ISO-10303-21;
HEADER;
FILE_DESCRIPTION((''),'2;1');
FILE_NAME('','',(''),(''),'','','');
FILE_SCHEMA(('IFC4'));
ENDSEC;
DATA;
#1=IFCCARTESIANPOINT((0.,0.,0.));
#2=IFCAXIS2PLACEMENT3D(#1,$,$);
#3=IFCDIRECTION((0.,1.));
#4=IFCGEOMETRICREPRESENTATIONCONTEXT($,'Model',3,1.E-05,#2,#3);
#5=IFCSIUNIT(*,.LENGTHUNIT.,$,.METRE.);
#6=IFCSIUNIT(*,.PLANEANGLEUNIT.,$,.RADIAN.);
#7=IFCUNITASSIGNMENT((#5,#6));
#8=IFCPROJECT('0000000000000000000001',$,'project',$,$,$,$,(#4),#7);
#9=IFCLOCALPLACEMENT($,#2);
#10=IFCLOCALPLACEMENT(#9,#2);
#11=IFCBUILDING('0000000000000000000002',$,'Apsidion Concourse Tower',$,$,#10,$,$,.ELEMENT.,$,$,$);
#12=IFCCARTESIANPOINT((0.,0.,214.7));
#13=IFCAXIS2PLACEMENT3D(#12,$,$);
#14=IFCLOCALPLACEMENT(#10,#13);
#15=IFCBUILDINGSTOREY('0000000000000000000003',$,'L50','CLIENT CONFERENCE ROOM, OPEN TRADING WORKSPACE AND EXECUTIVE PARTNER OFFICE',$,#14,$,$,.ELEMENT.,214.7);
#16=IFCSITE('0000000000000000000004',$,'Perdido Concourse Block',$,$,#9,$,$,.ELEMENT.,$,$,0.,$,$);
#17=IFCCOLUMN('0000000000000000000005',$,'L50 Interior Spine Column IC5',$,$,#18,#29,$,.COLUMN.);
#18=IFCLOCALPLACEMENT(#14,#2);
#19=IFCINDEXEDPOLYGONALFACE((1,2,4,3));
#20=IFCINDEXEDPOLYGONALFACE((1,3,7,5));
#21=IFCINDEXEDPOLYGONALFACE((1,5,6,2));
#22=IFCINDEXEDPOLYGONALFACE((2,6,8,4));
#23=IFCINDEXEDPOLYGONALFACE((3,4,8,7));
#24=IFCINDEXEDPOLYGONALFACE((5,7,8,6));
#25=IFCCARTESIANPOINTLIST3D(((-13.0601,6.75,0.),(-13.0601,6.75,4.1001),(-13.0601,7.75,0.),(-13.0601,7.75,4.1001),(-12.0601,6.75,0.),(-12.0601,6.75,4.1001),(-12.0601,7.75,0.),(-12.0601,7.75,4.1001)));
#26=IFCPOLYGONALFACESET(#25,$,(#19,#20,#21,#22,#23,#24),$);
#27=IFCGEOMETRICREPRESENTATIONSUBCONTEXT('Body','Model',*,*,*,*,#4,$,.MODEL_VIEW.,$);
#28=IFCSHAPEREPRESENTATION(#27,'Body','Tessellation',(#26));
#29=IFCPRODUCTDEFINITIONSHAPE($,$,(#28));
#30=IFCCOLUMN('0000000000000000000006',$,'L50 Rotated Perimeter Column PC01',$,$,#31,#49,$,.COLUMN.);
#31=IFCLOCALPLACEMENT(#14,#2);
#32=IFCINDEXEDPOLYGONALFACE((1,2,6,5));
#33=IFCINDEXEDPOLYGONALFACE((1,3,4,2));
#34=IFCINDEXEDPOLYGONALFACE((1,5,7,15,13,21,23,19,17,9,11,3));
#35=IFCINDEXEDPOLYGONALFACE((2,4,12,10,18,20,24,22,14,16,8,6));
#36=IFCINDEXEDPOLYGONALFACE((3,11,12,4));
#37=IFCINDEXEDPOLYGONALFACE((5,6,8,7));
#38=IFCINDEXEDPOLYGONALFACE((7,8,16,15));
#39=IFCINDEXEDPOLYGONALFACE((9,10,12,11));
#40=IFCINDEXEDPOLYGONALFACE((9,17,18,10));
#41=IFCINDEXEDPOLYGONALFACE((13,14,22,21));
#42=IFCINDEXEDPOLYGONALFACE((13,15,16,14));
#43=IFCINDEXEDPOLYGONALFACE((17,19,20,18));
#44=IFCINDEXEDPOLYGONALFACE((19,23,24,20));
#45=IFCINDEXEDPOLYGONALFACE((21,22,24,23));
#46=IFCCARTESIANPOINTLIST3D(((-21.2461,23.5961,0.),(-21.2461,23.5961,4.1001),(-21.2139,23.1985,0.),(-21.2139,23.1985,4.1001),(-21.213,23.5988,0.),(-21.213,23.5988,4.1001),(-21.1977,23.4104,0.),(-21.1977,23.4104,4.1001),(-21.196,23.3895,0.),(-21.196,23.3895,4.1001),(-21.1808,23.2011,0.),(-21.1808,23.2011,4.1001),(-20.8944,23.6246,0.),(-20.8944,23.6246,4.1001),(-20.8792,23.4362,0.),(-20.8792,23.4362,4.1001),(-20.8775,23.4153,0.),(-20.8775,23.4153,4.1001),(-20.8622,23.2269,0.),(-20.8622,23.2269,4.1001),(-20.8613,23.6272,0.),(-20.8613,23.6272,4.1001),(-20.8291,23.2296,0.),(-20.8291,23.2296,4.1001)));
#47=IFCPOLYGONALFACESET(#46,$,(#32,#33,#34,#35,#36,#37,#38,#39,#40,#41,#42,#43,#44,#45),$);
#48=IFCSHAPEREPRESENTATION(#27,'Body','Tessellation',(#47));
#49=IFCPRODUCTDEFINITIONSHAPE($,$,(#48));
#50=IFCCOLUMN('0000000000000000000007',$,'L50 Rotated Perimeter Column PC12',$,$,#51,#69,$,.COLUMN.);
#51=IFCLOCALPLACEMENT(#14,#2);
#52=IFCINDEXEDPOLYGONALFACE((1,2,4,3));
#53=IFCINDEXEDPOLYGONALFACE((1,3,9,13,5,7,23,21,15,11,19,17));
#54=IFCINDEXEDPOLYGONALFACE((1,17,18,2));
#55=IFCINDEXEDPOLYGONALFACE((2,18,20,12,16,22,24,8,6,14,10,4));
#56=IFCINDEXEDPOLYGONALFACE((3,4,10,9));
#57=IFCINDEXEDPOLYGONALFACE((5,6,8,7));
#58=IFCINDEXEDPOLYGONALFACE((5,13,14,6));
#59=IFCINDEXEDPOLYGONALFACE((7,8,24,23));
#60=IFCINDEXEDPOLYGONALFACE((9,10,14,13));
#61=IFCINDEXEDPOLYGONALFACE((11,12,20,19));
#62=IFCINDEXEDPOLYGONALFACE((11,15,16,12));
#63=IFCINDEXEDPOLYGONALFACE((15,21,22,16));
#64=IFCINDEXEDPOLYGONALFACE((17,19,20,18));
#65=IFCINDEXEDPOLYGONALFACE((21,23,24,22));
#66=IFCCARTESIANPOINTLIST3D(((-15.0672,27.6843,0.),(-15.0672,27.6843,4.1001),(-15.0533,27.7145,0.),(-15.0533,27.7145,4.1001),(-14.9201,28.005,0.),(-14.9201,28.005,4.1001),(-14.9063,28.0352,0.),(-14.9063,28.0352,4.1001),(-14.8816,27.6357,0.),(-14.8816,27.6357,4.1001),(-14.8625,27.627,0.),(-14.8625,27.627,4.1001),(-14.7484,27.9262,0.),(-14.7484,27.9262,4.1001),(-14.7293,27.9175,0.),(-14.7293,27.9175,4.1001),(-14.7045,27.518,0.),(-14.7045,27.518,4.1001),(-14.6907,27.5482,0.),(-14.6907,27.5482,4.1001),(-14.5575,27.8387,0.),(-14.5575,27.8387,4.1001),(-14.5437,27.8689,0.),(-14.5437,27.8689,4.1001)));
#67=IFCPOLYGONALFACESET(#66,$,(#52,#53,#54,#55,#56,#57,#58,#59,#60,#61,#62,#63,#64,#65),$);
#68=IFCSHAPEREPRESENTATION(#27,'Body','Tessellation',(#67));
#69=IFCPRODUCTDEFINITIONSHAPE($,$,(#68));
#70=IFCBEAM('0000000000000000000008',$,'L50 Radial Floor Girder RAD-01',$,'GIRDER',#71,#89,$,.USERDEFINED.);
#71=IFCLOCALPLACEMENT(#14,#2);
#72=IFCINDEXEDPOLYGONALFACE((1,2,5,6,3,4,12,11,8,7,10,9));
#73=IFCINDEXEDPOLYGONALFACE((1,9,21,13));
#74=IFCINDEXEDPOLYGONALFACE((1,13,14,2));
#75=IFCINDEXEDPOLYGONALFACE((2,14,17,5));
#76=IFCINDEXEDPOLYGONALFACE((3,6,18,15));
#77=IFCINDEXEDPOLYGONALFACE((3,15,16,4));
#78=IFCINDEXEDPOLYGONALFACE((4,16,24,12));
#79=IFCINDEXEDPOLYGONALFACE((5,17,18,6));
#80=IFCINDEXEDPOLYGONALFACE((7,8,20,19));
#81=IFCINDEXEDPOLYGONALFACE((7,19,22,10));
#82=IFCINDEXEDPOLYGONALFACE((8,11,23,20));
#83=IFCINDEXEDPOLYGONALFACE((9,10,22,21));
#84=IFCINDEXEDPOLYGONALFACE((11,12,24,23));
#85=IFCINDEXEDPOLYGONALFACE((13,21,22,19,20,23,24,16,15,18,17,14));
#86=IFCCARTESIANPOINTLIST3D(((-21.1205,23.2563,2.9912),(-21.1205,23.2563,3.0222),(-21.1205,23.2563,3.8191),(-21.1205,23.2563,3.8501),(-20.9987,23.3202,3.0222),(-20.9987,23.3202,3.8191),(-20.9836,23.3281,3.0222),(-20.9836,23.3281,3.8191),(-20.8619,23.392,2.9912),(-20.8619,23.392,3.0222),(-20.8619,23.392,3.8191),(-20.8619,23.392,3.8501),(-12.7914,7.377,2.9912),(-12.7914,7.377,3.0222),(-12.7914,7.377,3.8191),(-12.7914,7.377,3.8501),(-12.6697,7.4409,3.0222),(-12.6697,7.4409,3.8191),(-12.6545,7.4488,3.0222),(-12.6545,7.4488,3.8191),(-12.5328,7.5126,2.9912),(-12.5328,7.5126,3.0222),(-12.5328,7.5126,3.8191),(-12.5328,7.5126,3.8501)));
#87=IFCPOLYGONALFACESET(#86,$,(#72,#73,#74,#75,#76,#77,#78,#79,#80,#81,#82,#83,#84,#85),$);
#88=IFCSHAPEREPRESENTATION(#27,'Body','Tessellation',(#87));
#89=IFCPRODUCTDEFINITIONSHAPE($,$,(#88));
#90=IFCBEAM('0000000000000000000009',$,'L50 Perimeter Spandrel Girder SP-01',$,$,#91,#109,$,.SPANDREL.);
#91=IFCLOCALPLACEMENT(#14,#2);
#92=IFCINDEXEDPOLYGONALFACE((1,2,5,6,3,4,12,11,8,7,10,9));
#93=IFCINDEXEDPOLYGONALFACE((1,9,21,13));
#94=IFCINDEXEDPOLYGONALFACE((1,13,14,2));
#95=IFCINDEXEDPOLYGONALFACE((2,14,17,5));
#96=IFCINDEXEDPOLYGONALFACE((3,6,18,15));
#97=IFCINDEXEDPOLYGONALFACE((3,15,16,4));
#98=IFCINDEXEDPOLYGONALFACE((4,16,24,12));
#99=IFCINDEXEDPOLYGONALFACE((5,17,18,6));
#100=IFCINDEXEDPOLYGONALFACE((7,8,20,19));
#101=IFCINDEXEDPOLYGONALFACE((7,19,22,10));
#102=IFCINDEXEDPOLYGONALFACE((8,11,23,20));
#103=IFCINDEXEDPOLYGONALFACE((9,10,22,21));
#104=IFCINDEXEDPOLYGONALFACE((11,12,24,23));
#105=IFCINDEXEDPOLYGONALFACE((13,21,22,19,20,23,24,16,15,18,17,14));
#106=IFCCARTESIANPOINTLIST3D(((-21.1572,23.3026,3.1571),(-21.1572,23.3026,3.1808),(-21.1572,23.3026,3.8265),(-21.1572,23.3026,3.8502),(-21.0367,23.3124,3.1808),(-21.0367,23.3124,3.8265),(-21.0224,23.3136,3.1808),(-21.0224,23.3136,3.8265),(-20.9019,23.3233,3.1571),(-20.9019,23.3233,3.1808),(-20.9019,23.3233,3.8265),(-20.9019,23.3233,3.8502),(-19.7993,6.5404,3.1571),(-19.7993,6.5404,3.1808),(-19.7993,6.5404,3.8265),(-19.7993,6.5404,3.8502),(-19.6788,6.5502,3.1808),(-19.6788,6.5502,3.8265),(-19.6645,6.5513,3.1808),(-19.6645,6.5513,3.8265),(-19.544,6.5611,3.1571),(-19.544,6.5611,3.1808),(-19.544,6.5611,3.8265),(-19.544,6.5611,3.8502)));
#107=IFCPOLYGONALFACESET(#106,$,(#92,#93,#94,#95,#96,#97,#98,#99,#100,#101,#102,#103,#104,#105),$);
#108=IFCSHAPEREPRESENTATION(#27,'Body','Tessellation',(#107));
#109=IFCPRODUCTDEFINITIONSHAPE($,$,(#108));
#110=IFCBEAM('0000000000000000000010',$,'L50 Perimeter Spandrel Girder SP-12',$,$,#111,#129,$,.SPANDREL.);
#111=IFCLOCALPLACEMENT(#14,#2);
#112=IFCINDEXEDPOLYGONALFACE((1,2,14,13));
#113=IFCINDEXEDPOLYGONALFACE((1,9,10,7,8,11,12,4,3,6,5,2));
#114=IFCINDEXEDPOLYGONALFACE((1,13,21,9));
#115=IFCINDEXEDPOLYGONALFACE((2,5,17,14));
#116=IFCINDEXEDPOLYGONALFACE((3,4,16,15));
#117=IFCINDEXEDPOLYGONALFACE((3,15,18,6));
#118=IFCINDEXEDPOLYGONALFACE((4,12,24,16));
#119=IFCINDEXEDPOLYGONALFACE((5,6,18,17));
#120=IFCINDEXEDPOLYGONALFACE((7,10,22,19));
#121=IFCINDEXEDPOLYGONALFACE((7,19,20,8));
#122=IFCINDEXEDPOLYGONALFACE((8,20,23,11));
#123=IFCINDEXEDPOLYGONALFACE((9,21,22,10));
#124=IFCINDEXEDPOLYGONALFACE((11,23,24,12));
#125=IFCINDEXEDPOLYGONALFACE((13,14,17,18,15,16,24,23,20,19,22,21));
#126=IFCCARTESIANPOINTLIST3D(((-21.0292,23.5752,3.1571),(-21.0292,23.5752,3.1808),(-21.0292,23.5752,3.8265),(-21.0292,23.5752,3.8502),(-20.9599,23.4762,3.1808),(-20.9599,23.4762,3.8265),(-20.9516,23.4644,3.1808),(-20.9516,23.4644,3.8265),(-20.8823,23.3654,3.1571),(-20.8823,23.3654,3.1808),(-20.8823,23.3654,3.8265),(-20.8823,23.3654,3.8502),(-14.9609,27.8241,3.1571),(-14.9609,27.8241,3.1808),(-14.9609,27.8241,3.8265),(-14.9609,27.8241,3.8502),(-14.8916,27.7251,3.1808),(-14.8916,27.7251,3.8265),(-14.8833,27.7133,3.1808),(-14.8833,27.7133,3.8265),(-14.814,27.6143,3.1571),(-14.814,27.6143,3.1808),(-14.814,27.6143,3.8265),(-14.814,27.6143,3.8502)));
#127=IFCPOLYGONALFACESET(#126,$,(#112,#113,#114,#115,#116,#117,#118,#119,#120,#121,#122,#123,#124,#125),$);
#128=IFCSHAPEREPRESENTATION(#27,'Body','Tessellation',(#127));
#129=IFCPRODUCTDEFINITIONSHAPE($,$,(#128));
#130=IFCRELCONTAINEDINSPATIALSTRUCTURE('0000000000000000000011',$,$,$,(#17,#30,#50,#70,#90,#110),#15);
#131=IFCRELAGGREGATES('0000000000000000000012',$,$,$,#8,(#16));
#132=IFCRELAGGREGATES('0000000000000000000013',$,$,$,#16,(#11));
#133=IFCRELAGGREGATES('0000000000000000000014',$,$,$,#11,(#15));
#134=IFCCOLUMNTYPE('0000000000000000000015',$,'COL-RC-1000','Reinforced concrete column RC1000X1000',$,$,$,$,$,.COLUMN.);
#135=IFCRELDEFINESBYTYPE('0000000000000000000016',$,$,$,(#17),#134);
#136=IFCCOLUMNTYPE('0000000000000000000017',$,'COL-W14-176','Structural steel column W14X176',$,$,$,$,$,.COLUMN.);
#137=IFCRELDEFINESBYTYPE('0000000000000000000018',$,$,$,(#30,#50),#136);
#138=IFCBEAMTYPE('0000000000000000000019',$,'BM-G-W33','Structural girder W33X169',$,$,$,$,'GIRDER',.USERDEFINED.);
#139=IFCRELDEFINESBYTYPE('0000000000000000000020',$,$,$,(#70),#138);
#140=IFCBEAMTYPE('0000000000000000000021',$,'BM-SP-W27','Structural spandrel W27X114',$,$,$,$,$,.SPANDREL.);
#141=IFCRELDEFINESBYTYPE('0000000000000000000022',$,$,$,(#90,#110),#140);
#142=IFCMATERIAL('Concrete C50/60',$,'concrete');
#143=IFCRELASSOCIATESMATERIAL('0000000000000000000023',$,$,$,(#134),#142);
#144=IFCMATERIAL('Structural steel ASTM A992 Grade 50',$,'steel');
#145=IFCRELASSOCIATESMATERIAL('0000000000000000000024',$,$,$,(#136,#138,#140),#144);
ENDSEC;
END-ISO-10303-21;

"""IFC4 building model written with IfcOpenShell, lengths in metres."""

from ifc_helpers import new_model, si_unit, direction, frame, origin, origin_2d, place, context, subcontext, project, spatial, rectangle, i_section, extrude, material, material_profile, profile_set, type_object, element, save


model = new_model("IFC4")

# Units and contexts
model_context = context("Model", 3, precision=1e-05, world=origin(), true_north=direction((0.0, 1.0)))
body_context = subcontext(model_context, "Body", "Model", "MODEL_VIEW")
ifc_project = project(units=[si_unit("LENGTHUNIT", "METRE"), si_unit("PLANEANGLEUNIT", "RADIAN")], contexts=[model_context])

# Site, building, storey
site_placement = place(None, origin())
site = spatial("IfcSite", under=ifc_project, at=site_placement, Name="Perdido Concourse Block", CompositionType="ELEMENT", RefElevation=0.0)
building_placement = place(site_placement, origin())
building = spatial("IfcBuilding", under=site, at=building_placement, Name="Apsidion Concourse Tower", CompositionType="ELEMENT")
storey_placement = place(building_placement, frame((0.0, 0.0, 214.7)))
storey = spatial("IfcBuildingStorey", under=building, at=storey_placement, Name="L50", Description="CLIENT CONFERENCE ROOM, OPEN TRADING WORKSPACE AND EXECUTIVE PARTNER OFFICE", CompositionType="ELEMENT", Elevation=214.7)

# Columns
ifc_material_1 = material(Name="Concrete C50/60", Category="concrete")
ifc_material_profile_1 = material_profile(ifc_material_1, rectangle(XDim=1.0, YDim=1.0, at=origin_2d()), Name="RC 1000x1000")
ifc_profile_set_1 = profile_set([ifc_material_profile_1], Name="Concrete C50/60")
column_type_1 = type_object("IfcColumnType", Name="COL-RC-1000", Description="Reinforced concrete column RC1000X1000", PredefinedType="COLUMN", material=ifc_profile_set_1)
column_placement = place(storey_placement, frame((-12.5601, 7.25, 0.0), z_axis=(0.0, 0.0, 1.0), x_axis=(1.0, 0.0, 0.0)))
element("IfcColumn", 1, at=column_placement, inside=storey, type_object=column_type_1, Name="L50 Interior Spine Column IC5", PredefinedType="COLUMN", context=body_context, shape_type="SweptSolid", body=[
    extrude(rectangle(XDim=1.0, YDim=1.0, at=origin_2d()), origin(), (0.0, 0.0, 1.0), 4.1001),
])
ifc_material_2 = material(Name="Structural steel ASTM A992 Grade 50", Category="steel")
ifc_material_profile_2 = material_profile(ifc_material_2, i_section(OverallWidth=0.3989, OverallDepth=0.386, WebThickness=0.021, FlangeThickness=0.0332, at=origin_2d()), Name="W14X176")
ifc_profile_set_2 = profile_set([ifc_material_profile_2], Name="Structural steel ASTM A992 Grade 50")
column_type_2 = type_object("IfcColumnType", Name="COL-W14-176", Description="Structural steel column W14X176", PredefinedType="COLUMN", material=ifc_profile_set_2)
for number, where, z_axis, x_axis, name in (
    (2, (-21.0376, 23.4128, 0.0), (0.0, 0.0, 1.0), (-0.080721, 0.996737, 0.0), "L50 Rotated Perimeter Column PC01"),
    (3, (-14.8054, 27.7766, 0.0), (0.0, 0.0, 1.0), (-0.909018, 0.416757, 0.0), "L50 Rotated Perimeter Column PC12"),
):
    element("IfcColumn", number, at=place(storey_placement, frame(where, z_axis=z_axis, x_axis=x_axis)), inside=storey, type_object=column_type_2, Name=name, PredefinedType="COLUMN", context=body_context, shape_type="SweptSolid", body=[
        extrude(i_section(OverallWidth=0.3989, OverallDepth=0.386, WebThickness=0.021, FlangeThickness=0.0332, at=origin_2d()), origin(), (0.0, 0.0, 1.0), 4.1001),
    ])

# Beams
ifc_material_profile_3 = material_profile(ifc_material_2, i_section(OverallWidth=0.292, OverallDepth=0.8589, WebThickness=0.0171, FlangeThickness=0.031, at=origin_2d()), Name="W33X169")
ifc_profile_set_3 = profile_set([ifc_material_profile_3], Name="Structural steel ASTM A992 Grade 50")
beam_type_1 = type_object("IfcBeamType", Name="BM-G-W33", Description="Structural girder W33X169", ElementType="GIRDER", PredefinedType="USERDEFINED", material=ifc_profile_set_3)
beam_1_placement = place(storey_placement, frame((-12.6621, 7.4448, 3.4207), z_axis=(-0.464502, 0.885572, 0.0), x_axis=(-0.885572, -0.464502, 0.0)))
element("IfcBeam", 4, at=beam_1_placement, inside=storey, type_object=beam_type_1, Name="L50 Radial Floor Girder RAD-01", ObjectType="GIRDER", PredefinedType="USERDEFINED", context=body_context, shape_type="SweptSolid", body=[
    extrude(i_section(OverallWidth=0.292, OverallDepth=0.8589, WebThickness=0.0171, FlangeThickness=0.031, at=origin_2d()), origin(), (0.0, 0.0, 1.0), 17.9312),
])
ifc_material_profile_4 = material_profile(ifc_material_2, i_section(OverallWidth=0.2561, OverallDepth=0.6931, WebThickness=0.0144, FlangeThickness=0.0237, at=origin_2d()), Name="W27X114")
ifc_profile_set_4 = profile_set([ifc_material_profile_4], Name="Structural steel ASTM A992 Grade 50")
beam_type_2 = type_object("IfcBeamType", Name="BM-SP-W27", Description="Structural spandrel W27X114", PredefinedType="SPANDREL", material=ifc_profile_set_4)
beam_2_placement = place(storey_placement, frame((-21.0295, 23.313, 3.5037), z_axis=(0.080746, -0.996735, 0.0), x_axis=(0.996735, 0.080746, 0.0)))
element("IfcBeam", 5, at=beam_2_placement, inside=storey, type_object=beam_type_2, Name="L50 Perimeter Spandrel Girder SP-01", PredefinedType="SPANDREL", context=body_context, shape_type="SweptSolid", body=[
    extrude(i_section(OverallWidth=0.2561, OverallDepth=0.6931, WebThickness=0.0144, FlangeThickness=0.0237, at=origin_2d()), origin(), (0.0, 0.0, 1.0), 16.8171),
])
beam_3_placement = place(storey_placement, frame((-14.8875, 27.7192, 3.5037), z_axis=(-0.819158, -0.573569, 0.0), x_axis=(0.573569, -0.819158, 0.0)))
element("IfcBeam", 6, at=beam_3_placement, inside=storey, type_object=beam_type_2, Name="L50 Perimeter Spandrel Girder SP-12", PredefinedType="SPANDREL", context=body_context, shape_type="SweptSolid", body=[
    extrude(i_section(OverallWidth=0.2561, OverallDepth=0.6931, WebThickness=0.0144, FlangeThickness=0.0237, at=origin_2d()), origin(), (0.0, 0.0, 1.0), 7.408),
])

save(model, "model.ifc")
